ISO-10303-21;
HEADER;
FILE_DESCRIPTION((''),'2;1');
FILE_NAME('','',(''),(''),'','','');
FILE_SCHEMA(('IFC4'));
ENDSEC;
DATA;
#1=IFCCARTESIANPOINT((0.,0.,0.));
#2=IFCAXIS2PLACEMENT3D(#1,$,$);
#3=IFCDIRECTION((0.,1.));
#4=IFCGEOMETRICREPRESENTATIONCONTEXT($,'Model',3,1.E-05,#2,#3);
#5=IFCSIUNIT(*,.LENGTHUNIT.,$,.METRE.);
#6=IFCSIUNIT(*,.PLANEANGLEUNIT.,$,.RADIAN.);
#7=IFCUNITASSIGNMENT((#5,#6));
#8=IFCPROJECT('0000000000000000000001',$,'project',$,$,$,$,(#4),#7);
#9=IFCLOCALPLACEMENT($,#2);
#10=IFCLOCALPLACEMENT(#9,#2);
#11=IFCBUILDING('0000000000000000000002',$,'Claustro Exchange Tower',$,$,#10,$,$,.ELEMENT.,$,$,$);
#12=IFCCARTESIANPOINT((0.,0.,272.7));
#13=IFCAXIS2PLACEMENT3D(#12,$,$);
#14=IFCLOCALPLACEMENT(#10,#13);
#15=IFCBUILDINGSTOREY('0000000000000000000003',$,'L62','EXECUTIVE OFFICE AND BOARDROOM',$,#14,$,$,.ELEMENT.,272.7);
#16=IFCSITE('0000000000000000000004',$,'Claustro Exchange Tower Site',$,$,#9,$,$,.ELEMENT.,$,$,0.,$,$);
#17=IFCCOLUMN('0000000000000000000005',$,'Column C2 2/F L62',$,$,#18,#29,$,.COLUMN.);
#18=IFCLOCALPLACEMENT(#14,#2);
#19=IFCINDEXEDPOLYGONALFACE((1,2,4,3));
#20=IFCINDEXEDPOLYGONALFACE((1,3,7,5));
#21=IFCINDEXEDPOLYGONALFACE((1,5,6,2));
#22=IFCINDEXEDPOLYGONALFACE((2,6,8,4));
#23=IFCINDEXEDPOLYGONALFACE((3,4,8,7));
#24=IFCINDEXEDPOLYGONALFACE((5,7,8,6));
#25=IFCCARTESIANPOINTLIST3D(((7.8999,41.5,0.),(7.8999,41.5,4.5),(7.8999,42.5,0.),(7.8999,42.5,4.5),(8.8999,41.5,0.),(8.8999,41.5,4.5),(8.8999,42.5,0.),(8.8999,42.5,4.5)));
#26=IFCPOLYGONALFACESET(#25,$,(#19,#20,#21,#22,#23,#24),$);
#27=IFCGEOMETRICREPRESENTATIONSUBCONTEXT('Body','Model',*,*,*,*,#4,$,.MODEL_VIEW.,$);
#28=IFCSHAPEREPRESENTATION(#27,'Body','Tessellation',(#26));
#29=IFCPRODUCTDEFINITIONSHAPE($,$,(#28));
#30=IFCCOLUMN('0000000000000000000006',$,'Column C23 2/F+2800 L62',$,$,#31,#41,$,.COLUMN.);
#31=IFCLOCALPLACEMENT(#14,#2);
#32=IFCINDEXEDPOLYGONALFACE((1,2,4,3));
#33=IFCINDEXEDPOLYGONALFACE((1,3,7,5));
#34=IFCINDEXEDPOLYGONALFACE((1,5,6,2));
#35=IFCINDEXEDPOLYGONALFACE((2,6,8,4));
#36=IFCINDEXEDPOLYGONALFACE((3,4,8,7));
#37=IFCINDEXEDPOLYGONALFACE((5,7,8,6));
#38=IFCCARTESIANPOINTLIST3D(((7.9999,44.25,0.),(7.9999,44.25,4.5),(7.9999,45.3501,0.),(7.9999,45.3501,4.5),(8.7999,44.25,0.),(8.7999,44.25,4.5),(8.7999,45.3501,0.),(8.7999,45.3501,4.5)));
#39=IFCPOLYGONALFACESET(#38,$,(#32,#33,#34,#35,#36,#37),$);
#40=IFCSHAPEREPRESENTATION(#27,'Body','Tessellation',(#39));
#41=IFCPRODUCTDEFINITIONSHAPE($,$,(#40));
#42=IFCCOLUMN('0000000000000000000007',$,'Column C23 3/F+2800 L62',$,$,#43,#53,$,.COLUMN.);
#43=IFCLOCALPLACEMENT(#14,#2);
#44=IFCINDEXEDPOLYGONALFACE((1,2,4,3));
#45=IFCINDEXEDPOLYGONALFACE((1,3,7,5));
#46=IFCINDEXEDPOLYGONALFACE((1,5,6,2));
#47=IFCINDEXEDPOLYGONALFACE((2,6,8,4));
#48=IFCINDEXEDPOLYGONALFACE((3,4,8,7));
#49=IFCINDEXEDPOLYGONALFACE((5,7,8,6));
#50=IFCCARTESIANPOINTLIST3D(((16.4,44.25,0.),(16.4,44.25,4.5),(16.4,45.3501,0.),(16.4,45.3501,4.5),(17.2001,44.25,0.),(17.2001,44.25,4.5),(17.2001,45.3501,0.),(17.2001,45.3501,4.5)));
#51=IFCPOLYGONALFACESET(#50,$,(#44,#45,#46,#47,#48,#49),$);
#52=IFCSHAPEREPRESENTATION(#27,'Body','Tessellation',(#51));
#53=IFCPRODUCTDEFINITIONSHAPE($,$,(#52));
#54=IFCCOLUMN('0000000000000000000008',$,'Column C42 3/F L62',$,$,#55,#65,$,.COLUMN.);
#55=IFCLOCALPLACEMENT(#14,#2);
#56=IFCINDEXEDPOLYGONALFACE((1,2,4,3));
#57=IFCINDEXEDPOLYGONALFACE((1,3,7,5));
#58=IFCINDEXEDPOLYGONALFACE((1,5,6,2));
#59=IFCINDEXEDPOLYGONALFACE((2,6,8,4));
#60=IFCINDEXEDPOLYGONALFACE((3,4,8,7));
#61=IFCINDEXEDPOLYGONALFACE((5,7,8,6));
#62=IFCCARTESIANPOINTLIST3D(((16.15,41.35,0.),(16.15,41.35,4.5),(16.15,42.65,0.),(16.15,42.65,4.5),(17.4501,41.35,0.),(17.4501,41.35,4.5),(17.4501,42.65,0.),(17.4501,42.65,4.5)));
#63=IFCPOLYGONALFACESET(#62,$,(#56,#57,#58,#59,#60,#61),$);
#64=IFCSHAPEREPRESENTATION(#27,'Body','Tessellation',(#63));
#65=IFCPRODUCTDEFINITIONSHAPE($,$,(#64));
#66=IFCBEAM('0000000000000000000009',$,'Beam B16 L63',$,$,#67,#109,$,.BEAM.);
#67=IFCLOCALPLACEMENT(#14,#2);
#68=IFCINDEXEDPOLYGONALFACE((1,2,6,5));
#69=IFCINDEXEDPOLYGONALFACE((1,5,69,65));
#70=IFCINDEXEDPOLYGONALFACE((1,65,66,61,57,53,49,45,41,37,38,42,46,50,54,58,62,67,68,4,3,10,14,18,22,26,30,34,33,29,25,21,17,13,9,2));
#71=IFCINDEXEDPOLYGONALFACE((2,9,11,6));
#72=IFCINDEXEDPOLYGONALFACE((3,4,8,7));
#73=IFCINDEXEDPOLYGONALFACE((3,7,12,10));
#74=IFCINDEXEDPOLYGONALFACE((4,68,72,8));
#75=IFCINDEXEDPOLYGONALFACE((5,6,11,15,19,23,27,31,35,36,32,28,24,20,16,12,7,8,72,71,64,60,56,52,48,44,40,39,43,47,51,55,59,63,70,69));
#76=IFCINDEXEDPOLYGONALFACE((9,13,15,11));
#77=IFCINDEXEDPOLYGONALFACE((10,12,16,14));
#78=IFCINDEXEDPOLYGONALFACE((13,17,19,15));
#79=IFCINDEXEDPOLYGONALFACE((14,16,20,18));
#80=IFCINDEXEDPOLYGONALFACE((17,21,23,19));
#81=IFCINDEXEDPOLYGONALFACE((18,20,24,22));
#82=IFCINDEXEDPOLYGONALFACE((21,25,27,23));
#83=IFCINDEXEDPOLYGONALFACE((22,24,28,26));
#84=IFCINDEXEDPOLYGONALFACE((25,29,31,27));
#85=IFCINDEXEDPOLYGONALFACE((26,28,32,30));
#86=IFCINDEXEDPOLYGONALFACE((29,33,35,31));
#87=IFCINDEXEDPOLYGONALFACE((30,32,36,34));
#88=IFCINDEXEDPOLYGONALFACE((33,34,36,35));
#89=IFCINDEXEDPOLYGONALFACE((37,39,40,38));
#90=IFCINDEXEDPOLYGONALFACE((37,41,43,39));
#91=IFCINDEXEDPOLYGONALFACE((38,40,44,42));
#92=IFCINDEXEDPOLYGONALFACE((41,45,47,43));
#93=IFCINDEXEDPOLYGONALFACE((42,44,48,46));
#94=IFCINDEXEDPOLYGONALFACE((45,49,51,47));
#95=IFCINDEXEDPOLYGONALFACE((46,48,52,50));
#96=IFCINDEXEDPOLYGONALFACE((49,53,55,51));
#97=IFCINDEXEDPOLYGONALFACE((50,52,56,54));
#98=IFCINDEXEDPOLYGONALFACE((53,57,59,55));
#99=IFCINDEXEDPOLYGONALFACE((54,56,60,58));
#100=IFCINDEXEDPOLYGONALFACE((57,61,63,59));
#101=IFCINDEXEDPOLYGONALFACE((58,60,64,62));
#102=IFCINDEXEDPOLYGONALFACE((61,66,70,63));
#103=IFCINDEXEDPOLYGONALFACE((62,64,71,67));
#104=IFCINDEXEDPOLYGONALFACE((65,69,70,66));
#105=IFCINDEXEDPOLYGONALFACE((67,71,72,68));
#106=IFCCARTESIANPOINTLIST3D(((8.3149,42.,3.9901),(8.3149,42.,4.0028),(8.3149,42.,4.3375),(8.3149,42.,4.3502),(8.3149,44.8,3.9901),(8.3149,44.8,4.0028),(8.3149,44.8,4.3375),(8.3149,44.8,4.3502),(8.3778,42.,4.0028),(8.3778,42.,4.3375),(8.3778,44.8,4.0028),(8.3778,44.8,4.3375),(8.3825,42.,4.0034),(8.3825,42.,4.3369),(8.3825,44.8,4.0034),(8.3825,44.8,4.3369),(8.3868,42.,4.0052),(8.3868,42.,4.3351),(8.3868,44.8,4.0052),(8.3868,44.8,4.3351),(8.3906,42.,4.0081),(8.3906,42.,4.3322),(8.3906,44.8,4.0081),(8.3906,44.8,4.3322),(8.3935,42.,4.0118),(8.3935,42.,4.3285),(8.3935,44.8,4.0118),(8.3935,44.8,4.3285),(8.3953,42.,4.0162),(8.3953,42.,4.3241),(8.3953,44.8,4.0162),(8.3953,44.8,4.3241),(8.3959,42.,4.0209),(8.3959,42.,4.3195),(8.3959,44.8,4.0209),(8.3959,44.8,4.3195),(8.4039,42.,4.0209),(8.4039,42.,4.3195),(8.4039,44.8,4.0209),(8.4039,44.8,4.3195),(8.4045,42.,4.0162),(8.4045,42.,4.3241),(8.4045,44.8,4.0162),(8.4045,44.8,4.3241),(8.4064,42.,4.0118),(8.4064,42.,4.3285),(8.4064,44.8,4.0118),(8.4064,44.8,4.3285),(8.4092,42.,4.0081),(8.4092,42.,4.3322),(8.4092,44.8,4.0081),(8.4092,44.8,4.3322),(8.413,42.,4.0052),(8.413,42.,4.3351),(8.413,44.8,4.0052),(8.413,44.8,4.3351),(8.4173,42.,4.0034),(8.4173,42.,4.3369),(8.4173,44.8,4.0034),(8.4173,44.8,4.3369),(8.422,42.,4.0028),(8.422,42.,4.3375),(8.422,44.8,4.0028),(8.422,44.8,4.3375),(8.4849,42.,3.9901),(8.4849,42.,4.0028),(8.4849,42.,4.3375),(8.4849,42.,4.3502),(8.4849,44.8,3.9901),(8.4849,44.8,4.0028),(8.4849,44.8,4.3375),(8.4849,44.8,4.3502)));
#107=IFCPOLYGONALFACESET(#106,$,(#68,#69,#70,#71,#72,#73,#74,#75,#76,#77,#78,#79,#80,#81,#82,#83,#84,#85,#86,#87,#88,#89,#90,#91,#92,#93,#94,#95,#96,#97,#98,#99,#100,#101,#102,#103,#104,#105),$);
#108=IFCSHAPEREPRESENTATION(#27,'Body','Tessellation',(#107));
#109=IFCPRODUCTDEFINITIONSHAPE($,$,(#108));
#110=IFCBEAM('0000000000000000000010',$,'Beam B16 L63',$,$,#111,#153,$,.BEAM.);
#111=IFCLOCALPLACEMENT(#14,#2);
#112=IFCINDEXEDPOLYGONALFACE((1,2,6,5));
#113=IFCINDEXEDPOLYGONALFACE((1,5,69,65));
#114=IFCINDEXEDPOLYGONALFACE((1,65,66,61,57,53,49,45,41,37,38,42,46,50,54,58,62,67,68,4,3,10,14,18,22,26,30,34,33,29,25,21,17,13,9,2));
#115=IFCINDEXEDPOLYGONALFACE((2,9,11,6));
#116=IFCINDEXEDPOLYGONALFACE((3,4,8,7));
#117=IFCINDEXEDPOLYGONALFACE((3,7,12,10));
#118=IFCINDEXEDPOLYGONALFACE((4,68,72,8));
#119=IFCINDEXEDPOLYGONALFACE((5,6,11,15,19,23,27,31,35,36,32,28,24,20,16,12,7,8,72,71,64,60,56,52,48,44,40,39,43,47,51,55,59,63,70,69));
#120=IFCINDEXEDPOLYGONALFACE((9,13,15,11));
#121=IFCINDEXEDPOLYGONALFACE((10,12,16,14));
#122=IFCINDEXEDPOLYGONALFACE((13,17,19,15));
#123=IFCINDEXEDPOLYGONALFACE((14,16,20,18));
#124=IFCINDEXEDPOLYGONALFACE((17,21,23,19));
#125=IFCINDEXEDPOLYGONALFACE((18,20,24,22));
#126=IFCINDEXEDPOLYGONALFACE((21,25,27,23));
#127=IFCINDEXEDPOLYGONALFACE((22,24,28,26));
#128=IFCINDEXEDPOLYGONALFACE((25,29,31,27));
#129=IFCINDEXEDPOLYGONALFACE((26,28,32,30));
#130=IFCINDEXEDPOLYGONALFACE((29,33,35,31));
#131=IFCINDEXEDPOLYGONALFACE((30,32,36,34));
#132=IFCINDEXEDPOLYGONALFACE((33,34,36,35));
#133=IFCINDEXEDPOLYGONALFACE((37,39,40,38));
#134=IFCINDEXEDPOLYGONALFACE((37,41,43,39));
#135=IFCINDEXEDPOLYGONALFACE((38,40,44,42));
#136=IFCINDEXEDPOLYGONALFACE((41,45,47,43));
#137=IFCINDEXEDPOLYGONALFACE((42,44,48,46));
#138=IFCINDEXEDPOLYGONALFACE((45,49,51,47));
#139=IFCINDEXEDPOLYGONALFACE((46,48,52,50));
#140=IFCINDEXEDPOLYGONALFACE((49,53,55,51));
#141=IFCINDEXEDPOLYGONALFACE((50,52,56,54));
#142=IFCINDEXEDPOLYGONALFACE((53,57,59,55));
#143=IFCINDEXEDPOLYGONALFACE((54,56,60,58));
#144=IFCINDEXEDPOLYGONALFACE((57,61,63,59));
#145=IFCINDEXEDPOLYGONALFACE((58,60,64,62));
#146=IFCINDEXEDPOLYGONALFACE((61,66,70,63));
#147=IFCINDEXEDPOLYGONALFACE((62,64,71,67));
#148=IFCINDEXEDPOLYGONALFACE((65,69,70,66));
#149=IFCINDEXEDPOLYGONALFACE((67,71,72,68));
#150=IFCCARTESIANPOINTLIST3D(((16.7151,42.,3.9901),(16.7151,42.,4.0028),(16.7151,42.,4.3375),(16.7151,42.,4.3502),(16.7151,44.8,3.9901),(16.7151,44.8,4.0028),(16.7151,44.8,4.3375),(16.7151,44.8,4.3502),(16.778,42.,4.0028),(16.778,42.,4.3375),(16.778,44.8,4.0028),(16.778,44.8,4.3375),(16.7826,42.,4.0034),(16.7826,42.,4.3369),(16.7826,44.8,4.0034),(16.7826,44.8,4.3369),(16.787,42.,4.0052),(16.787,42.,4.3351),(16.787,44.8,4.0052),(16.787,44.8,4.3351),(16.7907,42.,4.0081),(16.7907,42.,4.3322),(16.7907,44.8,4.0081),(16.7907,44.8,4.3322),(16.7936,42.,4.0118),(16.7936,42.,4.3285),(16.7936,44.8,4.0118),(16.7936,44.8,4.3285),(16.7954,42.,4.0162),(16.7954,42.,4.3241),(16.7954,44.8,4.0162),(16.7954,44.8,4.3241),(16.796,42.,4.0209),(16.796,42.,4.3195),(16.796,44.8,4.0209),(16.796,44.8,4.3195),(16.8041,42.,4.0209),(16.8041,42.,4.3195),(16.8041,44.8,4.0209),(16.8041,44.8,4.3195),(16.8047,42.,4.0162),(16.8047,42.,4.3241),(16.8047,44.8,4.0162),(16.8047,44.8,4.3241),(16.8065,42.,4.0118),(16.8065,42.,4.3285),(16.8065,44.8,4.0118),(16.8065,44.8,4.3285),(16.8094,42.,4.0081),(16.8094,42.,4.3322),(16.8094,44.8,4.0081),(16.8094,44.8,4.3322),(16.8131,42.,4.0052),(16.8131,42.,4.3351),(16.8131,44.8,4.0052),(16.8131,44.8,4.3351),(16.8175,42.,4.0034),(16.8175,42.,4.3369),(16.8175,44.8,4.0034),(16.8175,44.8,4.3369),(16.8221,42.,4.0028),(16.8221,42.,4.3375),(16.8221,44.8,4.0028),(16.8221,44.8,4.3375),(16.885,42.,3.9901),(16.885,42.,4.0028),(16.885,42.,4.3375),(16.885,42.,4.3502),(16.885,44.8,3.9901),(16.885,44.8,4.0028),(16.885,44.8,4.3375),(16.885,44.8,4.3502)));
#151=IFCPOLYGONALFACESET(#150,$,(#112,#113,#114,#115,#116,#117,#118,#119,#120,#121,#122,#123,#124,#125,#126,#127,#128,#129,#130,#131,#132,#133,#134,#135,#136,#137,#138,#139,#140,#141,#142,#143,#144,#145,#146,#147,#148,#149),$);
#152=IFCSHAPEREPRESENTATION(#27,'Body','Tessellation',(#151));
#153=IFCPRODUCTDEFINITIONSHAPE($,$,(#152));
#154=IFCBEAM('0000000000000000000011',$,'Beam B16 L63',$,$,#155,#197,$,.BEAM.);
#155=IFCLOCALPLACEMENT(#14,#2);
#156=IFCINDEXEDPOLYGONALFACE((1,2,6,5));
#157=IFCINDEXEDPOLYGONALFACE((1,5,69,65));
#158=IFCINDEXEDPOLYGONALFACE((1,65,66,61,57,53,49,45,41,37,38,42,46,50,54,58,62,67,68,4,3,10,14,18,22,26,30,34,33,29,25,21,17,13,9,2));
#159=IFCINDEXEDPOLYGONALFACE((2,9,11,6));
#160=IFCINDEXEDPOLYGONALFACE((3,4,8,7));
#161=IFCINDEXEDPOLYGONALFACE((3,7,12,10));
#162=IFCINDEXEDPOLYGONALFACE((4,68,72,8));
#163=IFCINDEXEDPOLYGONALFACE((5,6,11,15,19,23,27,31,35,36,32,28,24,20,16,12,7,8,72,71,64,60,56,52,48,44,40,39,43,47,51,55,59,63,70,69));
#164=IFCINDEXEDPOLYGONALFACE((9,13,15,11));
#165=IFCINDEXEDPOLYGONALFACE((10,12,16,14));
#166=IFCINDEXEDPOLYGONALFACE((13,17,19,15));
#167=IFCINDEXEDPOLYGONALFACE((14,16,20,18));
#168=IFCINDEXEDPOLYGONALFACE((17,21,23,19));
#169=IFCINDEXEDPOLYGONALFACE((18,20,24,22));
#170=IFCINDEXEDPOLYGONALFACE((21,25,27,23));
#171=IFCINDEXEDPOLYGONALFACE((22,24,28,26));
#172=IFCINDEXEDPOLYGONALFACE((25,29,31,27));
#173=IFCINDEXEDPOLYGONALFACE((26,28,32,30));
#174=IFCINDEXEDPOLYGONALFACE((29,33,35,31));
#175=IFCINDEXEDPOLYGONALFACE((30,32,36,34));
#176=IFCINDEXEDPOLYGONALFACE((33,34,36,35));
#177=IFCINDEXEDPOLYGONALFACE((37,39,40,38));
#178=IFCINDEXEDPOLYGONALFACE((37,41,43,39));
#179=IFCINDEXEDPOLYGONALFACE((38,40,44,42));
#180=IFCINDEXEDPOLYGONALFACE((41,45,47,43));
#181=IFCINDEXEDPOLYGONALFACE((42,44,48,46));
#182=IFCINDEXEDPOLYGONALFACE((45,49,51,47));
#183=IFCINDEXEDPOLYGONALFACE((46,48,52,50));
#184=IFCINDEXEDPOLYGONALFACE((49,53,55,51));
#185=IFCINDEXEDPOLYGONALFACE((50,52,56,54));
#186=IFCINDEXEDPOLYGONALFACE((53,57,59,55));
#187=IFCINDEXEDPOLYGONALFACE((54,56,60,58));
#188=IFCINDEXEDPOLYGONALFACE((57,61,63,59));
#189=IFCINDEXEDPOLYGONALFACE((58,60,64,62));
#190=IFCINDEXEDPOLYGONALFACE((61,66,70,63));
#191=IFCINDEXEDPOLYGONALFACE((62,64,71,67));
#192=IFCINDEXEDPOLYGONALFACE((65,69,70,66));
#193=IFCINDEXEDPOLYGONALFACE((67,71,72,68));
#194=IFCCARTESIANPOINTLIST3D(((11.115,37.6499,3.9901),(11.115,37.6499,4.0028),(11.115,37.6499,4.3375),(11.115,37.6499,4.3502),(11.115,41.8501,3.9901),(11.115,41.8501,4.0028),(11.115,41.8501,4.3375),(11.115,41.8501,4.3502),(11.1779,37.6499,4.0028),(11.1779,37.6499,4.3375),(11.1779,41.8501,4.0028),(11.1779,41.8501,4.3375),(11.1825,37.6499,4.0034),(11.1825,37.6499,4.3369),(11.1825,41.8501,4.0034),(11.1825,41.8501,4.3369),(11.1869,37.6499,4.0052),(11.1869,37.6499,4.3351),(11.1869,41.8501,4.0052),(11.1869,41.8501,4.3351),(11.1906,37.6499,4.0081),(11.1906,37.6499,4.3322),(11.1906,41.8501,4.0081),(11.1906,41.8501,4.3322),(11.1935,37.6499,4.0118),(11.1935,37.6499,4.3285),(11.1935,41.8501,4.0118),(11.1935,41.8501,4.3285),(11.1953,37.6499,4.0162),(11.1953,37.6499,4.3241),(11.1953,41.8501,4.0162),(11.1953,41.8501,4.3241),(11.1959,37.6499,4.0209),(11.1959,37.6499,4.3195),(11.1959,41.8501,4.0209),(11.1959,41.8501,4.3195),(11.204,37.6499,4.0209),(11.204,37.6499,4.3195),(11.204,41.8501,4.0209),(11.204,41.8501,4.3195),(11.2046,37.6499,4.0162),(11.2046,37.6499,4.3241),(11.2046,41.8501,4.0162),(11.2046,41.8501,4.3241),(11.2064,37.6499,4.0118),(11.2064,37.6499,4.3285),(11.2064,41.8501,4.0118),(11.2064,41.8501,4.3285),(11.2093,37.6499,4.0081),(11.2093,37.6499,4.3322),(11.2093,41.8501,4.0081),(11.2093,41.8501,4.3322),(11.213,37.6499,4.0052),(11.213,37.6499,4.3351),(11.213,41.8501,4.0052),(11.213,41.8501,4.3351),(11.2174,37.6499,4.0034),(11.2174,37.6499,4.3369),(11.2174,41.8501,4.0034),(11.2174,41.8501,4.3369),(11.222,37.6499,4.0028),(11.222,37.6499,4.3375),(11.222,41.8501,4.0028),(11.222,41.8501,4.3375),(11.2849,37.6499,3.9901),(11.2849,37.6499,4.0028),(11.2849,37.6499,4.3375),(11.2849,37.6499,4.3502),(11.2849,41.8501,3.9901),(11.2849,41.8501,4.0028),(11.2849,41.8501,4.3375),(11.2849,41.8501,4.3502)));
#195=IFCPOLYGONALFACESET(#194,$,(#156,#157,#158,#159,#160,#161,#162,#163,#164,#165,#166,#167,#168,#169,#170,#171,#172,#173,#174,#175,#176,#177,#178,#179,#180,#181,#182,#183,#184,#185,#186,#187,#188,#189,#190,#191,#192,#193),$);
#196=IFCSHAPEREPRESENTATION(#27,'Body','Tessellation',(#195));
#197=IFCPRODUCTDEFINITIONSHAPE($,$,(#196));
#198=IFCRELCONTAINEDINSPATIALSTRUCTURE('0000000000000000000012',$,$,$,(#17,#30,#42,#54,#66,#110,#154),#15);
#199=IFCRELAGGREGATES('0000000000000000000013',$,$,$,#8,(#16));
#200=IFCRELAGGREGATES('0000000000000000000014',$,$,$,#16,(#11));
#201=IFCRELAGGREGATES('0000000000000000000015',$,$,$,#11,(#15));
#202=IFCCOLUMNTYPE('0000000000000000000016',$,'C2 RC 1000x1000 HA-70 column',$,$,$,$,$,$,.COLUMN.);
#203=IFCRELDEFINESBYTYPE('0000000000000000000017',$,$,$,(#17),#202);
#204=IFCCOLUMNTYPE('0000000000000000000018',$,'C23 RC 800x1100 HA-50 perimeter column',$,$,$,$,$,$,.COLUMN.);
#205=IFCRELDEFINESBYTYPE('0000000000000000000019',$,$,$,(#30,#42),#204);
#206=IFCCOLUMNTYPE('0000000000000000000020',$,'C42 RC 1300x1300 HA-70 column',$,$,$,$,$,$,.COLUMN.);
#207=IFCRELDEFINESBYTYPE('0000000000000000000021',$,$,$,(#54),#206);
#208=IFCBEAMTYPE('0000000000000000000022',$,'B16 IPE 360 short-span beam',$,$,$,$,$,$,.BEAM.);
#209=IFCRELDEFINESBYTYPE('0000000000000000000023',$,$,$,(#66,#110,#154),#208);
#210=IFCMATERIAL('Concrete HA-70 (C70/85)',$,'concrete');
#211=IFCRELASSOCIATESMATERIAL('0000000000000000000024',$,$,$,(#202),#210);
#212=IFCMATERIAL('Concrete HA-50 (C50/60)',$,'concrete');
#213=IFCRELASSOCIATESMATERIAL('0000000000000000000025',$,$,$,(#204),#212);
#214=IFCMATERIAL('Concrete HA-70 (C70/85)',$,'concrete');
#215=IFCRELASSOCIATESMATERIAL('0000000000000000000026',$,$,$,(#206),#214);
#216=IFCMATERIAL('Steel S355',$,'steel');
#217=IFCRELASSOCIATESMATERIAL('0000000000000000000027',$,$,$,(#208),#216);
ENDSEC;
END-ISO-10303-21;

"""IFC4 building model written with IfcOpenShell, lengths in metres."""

from ifc_helpers import new_model, si_unit, direction, frame, origin, origin_2d, place, context, subcontext, project, spatial, rectangle, i_section, extrude, material, material_profile, profile_set, type_object, element, save


model = new_model("IFC4")

# Units and contexts
model_context = context("Model", 3, precision=1e-05, world=origin(), true_north=direction((0.0, 1.0)))
body_context = subcontext(model_context, "Body", "Model", "MODEL_VIEW")
ifc_project = project(units=[si_unit("LENGTHUNIT", "METRE"), si_unit("PLANEANGLEUNIT", "RADIAN")], contexts=[model_context])

# Site, building, storey
site_placement = place(None, origin())
site = spatial("IfcSite", under=ifc_project, at=site_placement, Name="Claustro Exchange Tower Site", CompositionType="ELEMENT", RefElevation=0.0)
building_placement = place(site_placement, origin())
building = spatial("IfcBuilding", under=site, at=building_placement, Name="Claustro Exchange Tower", CompositionType="ELEMENT")
storey_placement = place(building_placement, frame((0.0, 0.0, 272.7)))
storey = spatial("IfcBuildingStorey", under=building, at=storey_placement, Name="L62", Description="EXECUTIVE OFFICE AND BOARDROOM", CompositionType="ELEMENT", Elevation=272.7)

# Columns
ifc_material_1 = material(Name="Concrete HA-70 (C70/85)", Category="concrete")
ifc_material_profile_1 = material_profile(ifc_material_1, rectangle(XDim=1.0, YDim=1.0, at=origin_2d()), Name="RC 1000x1000")
ifc_profile_set_1 = profile_set([ifc_material_profile_1], Name="Concrete HA-70 (C70/85)")
column_type_1 = type_object("IfcColumnType", Name="C2 RC 1000x1000 HA-70 column", PredefinedType="COLUMN", material=ifc_profile_set_1)
column_1_placement = place(storey_placement, frame((8.3999, 42.0, 0.0), z_axis=(0.0, 0.0, 1.0), x_axis=(1.0, 0.0, 0.0)))
element("IfcColumn", 1, at=column_1_placement, inside=storey, type_object=column_type_1, Name="Column C2 2/F L62", PredefinedType="COLUMN", context=body_context, shape_type="SweptSolid", body=[
    extrude(rectangle(XDim=1.0, YDim=1.0, at=origin_2d()), origin(), (0.0, 0.0, 1.0), 4.5),
])
ifc_material_2 = material(Name="Concrete HA-50 (C50/60)", Category="concrete")
ifc_material_profile_2 = material_profile(ifc_material_2, rectangle(XDim=0.8, YDim=1.1001, at=origin_2d()), Name="RC 800x1100")
ifc_profile_set_2 = profile_set([ifc_material_profile_2], Name="Concrete HA-50 (C50/60)")
column_type_2 = type_object("IfcColumnType", Name="C23 RC 800x1100 HA-50 perimeter column", PredefinedType="COLUMN", material=ifc_profile_set_2)
for number, where, z_axis, x_axis, name in (
    (2, (8.3999, 44.8, 0.0), (0.0, 0.0, 1.0), (1.0, 0.0, 0.0), "Column C23 2/F+2800 L62"),
    (3, (16.8, 44.8, 0.0), (0.0, 0.0, 1.0), (1.0, 0.0, 0.0), "Column C23 3/F+2800 L62"),
):
    element("IfcColumn", number, at=place(storey_placement, frame(where, z_axis=z_axis, x_axis=x_axis)), inside=storey, type_object=column_type_2, Name=name, PredefinedType="COLUMN", context=body_context, shape_type="SweptSolid", body=[
        extrude(rectangle(XDim=0.8, YDim=1.1001, at=origin_2d()), origin(), (0.0, 0.0, 1.0), 4.5),
    ])
ifc_material_3 = material(Name="Concrete HA-70 (C70/85)", Category="concrete")
ifc_material_profile_3 = material_profile(ifc_material_3, rectangle(XDim=1.3, YDim=1.3, at=origin_2d()), Name="RC 1300x1300")
ifc_profile_set_3 = profile_set([ifc_material_profile_3], Name="Concrete HA-70 (C70/85)")
column_type_3 = type_object("IfcColumnType", Name="C42 RC 1300x1300 HA-70 column", PredefinedType="COLUMN", material=ifc_profile_set_3)
column_2_placement = place(storey_placement, frame((16.8, 42.0, 0.0), z_axis=(0.0, 0.0, 1.0), x_axis=(1.0, 0.0, 0.0)))
element("IfcColumn", 4, at=column_2_placement, inside=storey, type_object=column_type_3, Name="Column C42 3/F L62", PredefinedType="COLUMN", context=body_context, shape_type="SweptSolid", body=[
    extrude(rectangle(XDim=1.3, YDim=1.3, at=origin_2d()), origin(), (0.0, 0.0, 1.0), 4.5),
])

# Beams
ifc_material_4 = material(Name="Steel S355", Category="steel")
ifc_material_profile_4 = material_profile(ifc_material_4, i_section(OverallWidth=0.1699, OverallDepth=0.3601, WebThickness=0.0081, FlangeThickness=0.0127, FilletRadius=0.0181, at=origin_2d()), Name="IPE 360")
ifc_profile_set_4 = profile_set([ifc_material_profile_4], Name="Steel S355")
beam_type_1 = type_object("IfcBeamType", Name="B16 IPE 360 short-span beam", PredefinedType="BEAM", material=ifc_profile_set_4)
for number, where, z_axis, x_axis, name in (
    (5, (8.3999, 42.0, 4.1702), (0.0, 1.0, 0.0), (-1.0, 0.0, 0.0), "Beam B16 L63"),
    (6, (16.8, 42.0, 4.1702), (0.0, 1.0, 0.0), (-1.0, 0.0, 0.0), "Beam B16 L63"),
):
    element("IfcBeam", number, at=place(storey_placement, frame(where, z_axis=z_axis, x_axis=x_axis)), inside=storey, type_object=beam_type_1, Name=name, PredefinedType="BEAM", context=body_context, shape_type="SweptSolid", body=[
        extrude(i_section(OverallWidth=0.1699, OverallDepth=0.3601, WebThickness=0.0081, FlangeThickness=0.0127, FilletRadius=0.0181, at=origin_2d()), origin(), (0.0, 0.0, 1.0), 2.8),
    ])
for number, where, z_axis, x_axis, name in (
    (7, (11.2, 37.6499, 4.1702), (0.0, 1.0, 0.0), (-1.0, 0.0, 0.0), "Beam B16 L63"),
):
    element("IfcBeam", number, at=place(storey_placement, frame(where, z_axis=z_axis, x_axis=x_axis)), inside=storey, type_object=beam_type_1, Name=name, PredefinedType="BEAM", context=body_context, shape_type="SweptSolid", body=[
        extrude(i_section(OverallWidth=0.1699, OverallDepth=0.3601, WebThickness=0.0081, FlangeThickness=0.0127, FilletRadius=0.0181, at=origin_2d()), origin(), (0.0, 0.0, 1.0), 4.2002),
    ])

save(model, "model.ifc")
